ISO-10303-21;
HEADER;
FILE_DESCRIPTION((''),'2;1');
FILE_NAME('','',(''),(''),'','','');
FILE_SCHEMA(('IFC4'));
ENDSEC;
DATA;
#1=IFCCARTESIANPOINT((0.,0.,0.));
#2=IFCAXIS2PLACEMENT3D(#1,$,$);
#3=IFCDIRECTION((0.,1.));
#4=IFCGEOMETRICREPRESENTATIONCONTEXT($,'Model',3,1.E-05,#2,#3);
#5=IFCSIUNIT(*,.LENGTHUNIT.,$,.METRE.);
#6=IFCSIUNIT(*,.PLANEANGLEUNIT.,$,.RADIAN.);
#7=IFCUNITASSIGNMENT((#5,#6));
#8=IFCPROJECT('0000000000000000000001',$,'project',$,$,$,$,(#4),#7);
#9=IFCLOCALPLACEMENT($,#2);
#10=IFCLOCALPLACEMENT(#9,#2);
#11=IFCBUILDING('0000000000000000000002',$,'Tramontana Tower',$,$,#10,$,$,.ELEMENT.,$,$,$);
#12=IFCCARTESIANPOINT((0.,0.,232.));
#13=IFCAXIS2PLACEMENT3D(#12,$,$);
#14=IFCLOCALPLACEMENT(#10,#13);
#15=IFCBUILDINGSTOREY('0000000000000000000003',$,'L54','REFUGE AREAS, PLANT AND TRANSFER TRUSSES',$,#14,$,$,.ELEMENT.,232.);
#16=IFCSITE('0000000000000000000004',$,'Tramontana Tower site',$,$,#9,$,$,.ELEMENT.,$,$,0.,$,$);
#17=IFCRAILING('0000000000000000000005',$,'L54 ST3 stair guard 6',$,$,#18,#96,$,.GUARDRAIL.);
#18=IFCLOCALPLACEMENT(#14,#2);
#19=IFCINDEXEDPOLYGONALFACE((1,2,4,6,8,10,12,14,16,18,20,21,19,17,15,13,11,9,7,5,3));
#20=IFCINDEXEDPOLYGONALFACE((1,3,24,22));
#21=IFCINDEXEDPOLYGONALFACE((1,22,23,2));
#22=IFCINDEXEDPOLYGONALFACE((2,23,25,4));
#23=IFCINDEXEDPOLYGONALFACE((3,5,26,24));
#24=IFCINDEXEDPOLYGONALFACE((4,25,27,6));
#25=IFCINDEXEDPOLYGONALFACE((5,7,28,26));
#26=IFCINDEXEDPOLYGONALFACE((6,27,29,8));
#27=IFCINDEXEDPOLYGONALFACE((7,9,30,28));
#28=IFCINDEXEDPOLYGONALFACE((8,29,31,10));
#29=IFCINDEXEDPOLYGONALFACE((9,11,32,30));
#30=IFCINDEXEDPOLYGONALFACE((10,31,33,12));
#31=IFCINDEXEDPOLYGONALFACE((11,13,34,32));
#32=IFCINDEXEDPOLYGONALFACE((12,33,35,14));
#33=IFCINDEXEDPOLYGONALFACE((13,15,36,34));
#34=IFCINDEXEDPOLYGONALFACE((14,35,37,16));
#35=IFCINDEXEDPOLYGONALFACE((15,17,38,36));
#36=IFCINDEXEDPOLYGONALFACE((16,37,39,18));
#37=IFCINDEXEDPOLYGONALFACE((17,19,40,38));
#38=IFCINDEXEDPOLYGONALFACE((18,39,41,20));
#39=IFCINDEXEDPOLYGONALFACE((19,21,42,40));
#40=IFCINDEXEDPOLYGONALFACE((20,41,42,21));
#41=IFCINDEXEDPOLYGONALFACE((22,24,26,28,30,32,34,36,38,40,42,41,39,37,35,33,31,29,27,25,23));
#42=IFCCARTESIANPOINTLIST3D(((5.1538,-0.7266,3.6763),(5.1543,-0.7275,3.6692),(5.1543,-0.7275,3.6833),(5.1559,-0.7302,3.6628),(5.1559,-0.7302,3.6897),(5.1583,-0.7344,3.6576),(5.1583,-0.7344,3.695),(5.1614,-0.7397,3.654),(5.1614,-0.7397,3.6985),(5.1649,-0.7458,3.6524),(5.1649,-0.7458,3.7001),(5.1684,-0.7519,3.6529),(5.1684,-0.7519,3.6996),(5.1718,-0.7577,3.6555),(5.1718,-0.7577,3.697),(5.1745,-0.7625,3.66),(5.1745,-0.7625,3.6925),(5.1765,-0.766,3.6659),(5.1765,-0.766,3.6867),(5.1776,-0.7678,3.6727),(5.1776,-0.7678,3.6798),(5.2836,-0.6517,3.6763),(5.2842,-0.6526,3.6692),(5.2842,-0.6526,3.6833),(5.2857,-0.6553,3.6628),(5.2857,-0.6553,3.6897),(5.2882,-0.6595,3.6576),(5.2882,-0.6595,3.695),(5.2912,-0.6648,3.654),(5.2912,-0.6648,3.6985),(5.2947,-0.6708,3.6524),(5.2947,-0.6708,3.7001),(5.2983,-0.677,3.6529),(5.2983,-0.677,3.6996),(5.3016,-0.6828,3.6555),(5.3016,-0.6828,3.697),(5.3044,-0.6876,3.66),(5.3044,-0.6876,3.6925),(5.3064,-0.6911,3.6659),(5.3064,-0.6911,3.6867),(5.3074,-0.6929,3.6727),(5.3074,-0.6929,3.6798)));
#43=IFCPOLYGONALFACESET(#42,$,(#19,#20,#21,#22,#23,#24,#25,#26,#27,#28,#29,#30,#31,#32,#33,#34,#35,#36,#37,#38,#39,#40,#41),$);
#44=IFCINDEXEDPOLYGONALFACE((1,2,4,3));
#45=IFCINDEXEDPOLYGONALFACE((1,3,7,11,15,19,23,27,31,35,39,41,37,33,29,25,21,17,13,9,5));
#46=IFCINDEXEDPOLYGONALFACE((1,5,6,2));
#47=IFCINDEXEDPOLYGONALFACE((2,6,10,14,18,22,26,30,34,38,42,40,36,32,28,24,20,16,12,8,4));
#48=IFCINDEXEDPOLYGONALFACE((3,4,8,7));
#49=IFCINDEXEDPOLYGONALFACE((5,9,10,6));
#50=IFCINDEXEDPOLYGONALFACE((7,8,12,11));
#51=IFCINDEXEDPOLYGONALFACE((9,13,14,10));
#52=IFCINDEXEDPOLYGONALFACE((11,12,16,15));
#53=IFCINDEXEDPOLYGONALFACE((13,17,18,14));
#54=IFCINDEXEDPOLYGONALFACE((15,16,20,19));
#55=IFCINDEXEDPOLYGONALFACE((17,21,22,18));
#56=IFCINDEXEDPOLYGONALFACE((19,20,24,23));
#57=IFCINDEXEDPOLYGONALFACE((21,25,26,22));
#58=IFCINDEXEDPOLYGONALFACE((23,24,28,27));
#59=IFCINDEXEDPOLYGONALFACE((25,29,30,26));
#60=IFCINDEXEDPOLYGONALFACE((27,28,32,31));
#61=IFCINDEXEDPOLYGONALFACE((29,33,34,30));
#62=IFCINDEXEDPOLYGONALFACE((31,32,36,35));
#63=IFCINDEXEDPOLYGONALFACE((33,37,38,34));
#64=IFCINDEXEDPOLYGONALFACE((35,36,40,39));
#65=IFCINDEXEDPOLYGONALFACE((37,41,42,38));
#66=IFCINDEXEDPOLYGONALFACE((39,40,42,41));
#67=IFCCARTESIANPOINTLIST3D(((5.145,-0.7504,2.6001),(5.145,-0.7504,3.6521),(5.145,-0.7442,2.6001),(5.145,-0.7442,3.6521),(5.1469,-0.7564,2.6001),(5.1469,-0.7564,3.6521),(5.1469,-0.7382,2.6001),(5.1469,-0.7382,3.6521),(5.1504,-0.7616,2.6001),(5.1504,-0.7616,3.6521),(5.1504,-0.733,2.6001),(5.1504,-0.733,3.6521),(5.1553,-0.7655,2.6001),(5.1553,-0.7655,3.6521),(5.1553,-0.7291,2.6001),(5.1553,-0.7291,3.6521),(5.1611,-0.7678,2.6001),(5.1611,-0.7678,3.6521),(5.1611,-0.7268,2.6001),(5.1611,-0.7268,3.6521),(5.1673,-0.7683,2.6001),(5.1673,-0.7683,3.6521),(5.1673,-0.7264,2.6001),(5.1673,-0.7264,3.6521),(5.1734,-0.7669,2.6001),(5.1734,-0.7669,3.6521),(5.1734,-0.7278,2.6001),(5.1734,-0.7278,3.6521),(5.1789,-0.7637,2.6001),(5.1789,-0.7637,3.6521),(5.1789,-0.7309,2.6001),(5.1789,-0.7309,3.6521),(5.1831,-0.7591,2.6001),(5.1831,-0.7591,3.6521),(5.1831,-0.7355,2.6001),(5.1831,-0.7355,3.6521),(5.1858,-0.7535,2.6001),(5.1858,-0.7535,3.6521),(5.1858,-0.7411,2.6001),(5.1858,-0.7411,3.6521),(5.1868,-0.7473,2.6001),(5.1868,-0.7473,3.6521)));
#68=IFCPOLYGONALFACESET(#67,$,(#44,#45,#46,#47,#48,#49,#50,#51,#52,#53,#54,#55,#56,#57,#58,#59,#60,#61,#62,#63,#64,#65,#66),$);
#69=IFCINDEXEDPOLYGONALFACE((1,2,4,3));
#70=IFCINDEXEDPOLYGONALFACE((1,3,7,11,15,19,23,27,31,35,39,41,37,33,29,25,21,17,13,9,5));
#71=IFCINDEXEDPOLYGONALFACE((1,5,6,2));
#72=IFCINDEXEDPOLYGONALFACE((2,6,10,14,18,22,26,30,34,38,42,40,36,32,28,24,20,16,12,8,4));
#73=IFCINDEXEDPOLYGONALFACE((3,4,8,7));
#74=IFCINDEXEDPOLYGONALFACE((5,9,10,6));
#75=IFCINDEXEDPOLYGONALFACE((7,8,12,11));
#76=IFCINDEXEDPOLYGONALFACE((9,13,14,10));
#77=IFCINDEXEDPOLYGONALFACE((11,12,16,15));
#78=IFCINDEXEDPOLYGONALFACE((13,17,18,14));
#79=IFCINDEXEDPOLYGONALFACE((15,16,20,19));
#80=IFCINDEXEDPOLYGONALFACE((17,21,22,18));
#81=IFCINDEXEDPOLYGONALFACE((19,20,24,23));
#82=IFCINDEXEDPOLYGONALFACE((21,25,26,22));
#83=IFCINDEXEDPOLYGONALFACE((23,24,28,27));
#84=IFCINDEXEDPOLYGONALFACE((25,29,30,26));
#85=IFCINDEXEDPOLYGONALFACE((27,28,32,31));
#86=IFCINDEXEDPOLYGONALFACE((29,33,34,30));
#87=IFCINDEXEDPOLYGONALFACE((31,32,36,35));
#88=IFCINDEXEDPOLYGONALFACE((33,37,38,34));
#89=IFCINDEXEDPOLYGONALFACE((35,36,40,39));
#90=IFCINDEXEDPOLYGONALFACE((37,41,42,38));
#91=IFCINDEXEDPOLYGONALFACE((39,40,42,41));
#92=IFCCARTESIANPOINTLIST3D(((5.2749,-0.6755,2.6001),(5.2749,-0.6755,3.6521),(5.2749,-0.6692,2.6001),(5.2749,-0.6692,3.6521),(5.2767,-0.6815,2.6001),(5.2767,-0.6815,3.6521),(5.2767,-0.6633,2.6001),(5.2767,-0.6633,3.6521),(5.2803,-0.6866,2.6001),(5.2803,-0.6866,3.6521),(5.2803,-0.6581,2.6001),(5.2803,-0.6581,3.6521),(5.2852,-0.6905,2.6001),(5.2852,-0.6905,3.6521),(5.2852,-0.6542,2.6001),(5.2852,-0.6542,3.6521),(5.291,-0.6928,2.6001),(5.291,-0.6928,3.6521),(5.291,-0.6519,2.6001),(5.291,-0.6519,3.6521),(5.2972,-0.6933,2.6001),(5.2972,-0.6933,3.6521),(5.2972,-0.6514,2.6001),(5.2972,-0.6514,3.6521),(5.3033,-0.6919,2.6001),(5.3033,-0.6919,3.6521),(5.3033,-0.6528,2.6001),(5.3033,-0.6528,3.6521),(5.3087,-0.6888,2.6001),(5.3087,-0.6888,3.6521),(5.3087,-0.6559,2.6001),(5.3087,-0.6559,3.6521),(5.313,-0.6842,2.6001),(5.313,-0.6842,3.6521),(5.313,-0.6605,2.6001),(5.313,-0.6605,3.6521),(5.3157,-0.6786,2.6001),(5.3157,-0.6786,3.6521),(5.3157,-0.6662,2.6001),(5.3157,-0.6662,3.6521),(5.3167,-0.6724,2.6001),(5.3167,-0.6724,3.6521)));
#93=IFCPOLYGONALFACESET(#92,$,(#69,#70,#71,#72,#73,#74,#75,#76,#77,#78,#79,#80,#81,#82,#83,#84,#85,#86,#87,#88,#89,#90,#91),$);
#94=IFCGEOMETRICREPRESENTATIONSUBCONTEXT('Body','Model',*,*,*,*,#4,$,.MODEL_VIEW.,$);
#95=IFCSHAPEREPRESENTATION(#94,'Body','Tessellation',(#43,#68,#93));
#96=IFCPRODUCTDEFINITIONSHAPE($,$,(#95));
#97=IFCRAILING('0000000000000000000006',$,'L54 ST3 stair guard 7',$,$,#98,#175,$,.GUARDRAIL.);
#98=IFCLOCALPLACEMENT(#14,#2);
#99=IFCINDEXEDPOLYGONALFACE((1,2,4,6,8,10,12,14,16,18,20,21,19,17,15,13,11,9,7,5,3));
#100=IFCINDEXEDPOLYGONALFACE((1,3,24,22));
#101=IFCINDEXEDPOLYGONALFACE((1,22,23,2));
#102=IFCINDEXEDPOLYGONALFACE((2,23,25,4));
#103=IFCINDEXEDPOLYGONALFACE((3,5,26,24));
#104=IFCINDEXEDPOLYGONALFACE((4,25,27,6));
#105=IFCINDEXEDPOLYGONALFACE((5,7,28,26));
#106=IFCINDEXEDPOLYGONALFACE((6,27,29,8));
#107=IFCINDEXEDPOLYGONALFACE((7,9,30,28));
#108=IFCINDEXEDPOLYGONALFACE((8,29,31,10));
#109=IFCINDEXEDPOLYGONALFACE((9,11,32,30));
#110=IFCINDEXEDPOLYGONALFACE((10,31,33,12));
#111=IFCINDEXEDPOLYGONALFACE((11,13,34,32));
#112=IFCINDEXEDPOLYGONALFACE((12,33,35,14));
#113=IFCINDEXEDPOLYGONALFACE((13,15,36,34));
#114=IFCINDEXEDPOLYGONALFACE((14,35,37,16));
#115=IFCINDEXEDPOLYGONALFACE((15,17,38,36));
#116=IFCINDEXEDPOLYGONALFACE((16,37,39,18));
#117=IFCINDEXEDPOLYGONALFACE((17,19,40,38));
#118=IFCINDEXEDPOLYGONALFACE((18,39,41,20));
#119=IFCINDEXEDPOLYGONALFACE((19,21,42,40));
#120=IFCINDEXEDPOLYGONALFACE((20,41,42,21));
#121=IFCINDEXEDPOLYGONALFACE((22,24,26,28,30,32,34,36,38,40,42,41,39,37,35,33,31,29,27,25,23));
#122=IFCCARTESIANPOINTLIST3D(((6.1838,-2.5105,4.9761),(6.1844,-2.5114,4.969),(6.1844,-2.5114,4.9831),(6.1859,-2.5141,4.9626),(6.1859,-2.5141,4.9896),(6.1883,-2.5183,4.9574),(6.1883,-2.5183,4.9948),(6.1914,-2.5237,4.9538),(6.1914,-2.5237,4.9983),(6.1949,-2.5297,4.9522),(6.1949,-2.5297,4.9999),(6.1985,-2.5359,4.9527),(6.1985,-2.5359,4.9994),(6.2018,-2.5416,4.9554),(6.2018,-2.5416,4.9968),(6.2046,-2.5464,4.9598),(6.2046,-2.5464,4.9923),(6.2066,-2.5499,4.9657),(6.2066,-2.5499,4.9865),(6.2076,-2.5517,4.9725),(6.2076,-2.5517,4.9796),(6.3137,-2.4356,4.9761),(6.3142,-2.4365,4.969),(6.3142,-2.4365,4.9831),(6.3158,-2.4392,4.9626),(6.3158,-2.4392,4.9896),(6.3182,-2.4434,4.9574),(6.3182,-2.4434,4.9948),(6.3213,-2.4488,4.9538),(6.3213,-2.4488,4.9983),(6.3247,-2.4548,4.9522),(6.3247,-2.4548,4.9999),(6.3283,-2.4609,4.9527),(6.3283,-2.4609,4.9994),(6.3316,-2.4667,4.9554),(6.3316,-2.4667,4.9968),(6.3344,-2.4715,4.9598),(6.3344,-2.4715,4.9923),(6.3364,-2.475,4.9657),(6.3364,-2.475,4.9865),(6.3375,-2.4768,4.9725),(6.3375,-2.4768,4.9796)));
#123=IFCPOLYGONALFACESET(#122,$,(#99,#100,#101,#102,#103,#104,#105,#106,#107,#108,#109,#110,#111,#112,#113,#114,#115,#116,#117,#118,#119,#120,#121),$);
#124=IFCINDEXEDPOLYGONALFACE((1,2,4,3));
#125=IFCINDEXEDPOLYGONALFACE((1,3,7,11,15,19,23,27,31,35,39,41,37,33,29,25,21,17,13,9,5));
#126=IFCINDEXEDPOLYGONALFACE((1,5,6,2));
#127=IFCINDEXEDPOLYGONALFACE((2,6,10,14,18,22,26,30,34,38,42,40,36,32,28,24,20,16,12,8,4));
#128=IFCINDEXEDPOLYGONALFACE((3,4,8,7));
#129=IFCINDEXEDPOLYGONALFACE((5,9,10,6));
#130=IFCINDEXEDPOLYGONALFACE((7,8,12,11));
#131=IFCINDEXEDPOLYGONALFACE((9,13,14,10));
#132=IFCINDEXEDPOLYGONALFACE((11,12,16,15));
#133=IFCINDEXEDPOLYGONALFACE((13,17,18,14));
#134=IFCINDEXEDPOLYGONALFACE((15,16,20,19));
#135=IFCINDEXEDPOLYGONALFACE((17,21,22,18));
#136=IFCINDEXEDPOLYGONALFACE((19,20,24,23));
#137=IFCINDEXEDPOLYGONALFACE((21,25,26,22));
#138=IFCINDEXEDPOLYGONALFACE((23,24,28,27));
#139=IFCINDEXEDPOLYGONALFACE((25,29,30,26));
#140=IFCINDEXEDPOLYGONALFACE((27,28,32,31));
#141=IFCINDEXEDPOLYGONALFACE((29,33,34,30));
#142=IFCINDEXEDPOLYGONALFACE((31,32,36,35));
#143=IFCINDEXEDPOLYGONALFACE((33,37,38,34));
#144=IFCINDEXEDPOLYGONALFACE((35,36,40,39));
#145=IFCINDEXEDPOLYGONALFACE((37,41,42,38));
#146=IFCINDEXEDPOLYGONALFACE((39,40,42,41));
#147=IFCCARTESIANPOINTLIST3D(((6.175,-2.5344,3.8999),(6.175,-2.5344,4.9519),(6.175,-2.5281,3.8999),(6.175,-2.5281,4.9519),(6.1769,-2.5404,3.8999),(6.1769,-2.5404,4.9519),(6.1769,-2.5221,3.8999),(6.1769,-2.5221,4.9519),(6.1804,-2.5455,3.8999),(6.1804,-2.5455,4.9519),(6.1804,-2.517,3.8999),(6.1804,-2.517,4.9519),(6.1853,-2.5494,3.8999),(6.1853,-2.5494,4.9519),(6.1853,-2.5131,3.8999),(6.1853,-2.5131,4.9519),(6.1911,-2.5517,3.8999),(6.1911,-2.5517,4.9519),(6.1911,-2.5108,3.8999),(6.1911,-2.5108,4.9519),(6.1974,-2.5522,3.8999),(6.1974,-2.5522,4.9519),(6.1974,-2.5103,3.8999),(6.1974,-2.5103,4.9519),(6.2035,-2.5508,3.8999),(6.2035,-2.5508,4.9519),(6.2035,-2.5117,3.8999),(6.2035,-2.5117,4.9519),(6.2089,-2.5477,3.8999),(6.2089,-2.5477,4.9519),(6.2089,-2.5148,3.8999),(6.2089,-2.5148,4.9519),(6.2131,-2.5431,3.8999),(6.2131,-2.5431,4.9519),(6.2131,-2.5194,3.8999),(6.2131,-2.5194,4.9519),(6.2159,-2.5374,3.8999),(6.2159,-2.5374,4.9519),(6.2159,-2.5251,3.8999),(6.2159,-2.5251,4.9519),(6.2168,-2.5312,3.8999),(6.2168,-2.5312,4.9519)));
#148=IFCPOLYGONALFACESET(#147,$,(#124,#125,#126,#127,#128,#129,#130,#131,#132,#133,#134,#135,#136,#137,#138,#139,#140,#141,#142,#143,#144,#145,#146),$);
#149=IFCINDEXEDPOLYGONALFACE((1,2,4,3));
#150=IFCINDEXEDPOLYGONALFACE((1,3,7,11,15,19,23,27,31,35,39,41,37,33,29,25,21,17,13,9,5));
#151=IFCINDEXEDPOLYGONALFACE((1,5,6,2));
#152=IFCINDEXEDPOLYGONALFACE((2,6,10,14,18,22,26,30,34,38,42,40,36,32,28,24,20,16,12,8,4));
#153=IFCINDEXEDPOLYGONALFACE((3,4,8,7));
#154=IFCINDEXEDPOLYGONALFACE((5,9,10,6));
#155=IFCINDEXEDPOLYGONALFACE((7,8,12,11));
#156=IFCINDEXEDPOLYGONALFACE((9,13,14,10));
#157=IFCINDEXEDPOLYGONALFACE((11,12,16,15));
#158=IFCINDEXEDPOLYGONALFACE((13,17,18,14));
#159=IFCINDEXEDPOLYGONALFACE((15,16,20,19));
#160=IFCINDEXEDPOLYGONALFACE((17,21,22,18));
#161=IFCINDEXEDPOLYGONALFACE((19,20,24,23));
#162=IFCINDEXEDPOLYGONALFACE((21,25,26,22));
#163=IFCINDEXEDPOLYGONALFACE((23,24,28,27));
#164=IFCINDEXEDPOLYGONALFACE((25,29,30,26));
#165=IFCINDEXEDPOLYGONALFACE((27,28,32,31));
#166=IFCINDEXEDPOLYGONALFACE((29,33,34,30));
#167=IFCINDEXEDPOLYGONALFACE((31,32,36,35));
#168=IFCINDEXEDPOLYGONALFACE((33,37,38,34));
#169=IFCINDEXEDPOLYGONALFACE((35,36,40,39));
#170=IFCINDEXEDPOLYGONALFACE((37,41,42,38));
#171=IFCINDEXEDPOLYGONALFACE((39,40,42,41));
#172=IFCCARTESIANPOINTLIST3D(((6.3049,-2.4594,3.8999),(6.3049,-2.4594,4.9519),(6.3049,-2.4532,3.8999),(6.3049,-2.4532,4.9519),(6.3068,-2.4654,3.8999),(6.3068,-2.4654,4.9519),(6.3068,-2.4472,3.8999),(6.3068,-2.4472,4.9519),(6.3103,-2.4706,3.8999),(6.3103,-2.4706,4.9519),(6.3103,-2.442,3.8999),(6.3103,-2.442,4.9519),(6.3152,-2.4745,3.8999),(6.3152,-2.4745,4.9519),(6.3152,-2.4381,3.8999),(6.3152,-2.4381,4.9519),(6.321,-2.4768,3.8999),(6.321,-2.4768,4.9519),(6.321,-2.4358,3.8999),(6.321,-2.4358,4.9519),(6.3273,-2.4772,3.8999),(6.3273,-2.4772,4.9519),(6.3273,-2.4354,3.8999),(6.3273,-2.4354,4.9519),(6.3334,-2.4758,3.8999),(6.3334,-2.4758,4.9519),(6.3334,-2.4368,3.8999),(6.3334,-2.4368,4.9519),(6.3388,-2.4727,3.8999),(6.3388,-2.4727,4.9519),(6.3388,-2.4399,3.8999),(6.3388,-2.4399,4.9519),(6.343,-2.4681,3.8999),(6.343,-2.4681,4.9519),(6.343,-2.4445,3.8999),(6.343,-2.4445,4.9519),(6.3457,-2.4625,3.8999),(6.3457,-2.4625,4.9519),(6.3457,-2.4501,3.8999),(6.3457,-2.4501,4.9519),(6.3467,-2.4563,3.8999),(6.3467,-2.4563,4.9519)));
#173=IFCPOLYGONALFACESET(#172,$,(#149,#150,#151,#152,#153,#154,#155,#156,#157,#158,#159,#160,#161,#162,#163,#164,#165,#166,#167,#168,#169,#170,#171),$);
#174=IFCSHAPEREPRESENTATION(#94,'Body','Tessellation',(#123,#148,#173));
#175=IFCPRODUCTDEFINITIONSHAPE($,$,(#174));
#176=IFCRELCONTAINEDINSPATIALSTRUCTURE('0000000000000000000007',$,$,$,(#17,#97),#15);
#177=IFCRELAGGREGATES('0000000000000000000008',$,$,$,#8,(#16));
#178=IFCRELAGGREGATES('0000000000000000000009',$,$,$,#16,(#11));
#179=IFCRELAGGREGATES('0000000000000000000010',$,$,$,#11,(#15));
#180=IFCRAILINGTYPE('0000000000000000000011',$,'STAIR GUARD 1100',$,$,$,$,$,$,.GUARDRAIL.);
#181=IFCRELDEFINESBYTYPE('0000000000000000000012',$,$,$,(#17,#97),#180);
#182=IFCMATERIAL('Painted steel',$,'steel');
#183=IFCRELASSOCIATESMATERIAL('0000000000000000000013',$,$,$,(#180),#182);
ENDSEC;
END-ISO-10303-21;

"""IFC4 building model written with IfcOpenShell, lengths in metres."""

from ifc_helpers import new_model, si_unit, direction, frame, origin, origin_2d, place, context, subcontext, project, spatial, circle, extrude, material, type_object, element, save


model = new_model("IFC4")

# Units and contexts
model_context = context("Model", 3, precision=1e-05, world=origin(), true_north=direction((0.0, 1.0)))
body_context = subcontext(model_context, "Body", "Model", "MODEL_VIEW")
ifc_project = project(units=[si_unit("LENGTHUNIT", "METRE"), si_unit("PLANEANGLEUNIT", "RADIAN")], contexts=[model_context])

# Site, building, storey
site_placement = place(None, origin())
site = spatial("IfcSite", under=ifc_project, at=site_placement, Name="Tramontana Tower site", CompositionType="ELEMENT", RefElevation=0.0)
building_placement = place(site_placement, origin())
building = spatial("IfcBuilding", under=site, at=building_placement, Name="Tramontana Tower", CompositionType="ELEMENT")
storey_placement = place(building_placement, frame((0.0, 0.0, 232.0)))
storey = spatial("IfcBuildingStorey", under=building, at=storey_placement, Name="L54", Description="REFUGE AREAS, PLANT AND TRANSFER TRUSSES", CompositionType="ELEMENT", Elevation=232.0)

# Railings
ifc_material_1 = material(Name="Painted steel", Category="steel")
railing_type_1 = type_object("IfcRailingType", Name="STAIR GUARD 1100", PredefinedType="GUARDRAIL", material=ifc_material_1)
for number, where, name in (
    (1, (5.1658, -0.7473, 2.6001), "L54 ST3 stair guard 6"),
    (2, (6.1958, -2.5312, 3.8999), "L54 ST3 stair guard 7"),
):
    element("IfcRailing", number, at=place(storey_placement, frame(where)), inside=storey, type_object=railing_type_1, Name=name, PredefinedType="GUARDRAIL", context=body_context, shape_type="SweptSolid", body=[
        extrude(circle(Radius=0.0239, at=origin_2d()), frame((0.0, 0.0, 1.0762), z_axis=(0.866131, 0.499816, 0.0), x_axis=(-0.499816, 0.866131, 0.0)), (0.0, 0.0, 1.0), 0.1499),
        extrude(circle(Radius=0.021, at=origin_2d()), origin(), (0.0, 0.0, 1.0), 1.052),
        extrude(circle(Radius=0.021, at=origin_2d()), frame((0.1299, 0.075, 0.0)), (0.0, 0.0, 1.0), 1.052),
    ])

save(model, "model.ifc")
